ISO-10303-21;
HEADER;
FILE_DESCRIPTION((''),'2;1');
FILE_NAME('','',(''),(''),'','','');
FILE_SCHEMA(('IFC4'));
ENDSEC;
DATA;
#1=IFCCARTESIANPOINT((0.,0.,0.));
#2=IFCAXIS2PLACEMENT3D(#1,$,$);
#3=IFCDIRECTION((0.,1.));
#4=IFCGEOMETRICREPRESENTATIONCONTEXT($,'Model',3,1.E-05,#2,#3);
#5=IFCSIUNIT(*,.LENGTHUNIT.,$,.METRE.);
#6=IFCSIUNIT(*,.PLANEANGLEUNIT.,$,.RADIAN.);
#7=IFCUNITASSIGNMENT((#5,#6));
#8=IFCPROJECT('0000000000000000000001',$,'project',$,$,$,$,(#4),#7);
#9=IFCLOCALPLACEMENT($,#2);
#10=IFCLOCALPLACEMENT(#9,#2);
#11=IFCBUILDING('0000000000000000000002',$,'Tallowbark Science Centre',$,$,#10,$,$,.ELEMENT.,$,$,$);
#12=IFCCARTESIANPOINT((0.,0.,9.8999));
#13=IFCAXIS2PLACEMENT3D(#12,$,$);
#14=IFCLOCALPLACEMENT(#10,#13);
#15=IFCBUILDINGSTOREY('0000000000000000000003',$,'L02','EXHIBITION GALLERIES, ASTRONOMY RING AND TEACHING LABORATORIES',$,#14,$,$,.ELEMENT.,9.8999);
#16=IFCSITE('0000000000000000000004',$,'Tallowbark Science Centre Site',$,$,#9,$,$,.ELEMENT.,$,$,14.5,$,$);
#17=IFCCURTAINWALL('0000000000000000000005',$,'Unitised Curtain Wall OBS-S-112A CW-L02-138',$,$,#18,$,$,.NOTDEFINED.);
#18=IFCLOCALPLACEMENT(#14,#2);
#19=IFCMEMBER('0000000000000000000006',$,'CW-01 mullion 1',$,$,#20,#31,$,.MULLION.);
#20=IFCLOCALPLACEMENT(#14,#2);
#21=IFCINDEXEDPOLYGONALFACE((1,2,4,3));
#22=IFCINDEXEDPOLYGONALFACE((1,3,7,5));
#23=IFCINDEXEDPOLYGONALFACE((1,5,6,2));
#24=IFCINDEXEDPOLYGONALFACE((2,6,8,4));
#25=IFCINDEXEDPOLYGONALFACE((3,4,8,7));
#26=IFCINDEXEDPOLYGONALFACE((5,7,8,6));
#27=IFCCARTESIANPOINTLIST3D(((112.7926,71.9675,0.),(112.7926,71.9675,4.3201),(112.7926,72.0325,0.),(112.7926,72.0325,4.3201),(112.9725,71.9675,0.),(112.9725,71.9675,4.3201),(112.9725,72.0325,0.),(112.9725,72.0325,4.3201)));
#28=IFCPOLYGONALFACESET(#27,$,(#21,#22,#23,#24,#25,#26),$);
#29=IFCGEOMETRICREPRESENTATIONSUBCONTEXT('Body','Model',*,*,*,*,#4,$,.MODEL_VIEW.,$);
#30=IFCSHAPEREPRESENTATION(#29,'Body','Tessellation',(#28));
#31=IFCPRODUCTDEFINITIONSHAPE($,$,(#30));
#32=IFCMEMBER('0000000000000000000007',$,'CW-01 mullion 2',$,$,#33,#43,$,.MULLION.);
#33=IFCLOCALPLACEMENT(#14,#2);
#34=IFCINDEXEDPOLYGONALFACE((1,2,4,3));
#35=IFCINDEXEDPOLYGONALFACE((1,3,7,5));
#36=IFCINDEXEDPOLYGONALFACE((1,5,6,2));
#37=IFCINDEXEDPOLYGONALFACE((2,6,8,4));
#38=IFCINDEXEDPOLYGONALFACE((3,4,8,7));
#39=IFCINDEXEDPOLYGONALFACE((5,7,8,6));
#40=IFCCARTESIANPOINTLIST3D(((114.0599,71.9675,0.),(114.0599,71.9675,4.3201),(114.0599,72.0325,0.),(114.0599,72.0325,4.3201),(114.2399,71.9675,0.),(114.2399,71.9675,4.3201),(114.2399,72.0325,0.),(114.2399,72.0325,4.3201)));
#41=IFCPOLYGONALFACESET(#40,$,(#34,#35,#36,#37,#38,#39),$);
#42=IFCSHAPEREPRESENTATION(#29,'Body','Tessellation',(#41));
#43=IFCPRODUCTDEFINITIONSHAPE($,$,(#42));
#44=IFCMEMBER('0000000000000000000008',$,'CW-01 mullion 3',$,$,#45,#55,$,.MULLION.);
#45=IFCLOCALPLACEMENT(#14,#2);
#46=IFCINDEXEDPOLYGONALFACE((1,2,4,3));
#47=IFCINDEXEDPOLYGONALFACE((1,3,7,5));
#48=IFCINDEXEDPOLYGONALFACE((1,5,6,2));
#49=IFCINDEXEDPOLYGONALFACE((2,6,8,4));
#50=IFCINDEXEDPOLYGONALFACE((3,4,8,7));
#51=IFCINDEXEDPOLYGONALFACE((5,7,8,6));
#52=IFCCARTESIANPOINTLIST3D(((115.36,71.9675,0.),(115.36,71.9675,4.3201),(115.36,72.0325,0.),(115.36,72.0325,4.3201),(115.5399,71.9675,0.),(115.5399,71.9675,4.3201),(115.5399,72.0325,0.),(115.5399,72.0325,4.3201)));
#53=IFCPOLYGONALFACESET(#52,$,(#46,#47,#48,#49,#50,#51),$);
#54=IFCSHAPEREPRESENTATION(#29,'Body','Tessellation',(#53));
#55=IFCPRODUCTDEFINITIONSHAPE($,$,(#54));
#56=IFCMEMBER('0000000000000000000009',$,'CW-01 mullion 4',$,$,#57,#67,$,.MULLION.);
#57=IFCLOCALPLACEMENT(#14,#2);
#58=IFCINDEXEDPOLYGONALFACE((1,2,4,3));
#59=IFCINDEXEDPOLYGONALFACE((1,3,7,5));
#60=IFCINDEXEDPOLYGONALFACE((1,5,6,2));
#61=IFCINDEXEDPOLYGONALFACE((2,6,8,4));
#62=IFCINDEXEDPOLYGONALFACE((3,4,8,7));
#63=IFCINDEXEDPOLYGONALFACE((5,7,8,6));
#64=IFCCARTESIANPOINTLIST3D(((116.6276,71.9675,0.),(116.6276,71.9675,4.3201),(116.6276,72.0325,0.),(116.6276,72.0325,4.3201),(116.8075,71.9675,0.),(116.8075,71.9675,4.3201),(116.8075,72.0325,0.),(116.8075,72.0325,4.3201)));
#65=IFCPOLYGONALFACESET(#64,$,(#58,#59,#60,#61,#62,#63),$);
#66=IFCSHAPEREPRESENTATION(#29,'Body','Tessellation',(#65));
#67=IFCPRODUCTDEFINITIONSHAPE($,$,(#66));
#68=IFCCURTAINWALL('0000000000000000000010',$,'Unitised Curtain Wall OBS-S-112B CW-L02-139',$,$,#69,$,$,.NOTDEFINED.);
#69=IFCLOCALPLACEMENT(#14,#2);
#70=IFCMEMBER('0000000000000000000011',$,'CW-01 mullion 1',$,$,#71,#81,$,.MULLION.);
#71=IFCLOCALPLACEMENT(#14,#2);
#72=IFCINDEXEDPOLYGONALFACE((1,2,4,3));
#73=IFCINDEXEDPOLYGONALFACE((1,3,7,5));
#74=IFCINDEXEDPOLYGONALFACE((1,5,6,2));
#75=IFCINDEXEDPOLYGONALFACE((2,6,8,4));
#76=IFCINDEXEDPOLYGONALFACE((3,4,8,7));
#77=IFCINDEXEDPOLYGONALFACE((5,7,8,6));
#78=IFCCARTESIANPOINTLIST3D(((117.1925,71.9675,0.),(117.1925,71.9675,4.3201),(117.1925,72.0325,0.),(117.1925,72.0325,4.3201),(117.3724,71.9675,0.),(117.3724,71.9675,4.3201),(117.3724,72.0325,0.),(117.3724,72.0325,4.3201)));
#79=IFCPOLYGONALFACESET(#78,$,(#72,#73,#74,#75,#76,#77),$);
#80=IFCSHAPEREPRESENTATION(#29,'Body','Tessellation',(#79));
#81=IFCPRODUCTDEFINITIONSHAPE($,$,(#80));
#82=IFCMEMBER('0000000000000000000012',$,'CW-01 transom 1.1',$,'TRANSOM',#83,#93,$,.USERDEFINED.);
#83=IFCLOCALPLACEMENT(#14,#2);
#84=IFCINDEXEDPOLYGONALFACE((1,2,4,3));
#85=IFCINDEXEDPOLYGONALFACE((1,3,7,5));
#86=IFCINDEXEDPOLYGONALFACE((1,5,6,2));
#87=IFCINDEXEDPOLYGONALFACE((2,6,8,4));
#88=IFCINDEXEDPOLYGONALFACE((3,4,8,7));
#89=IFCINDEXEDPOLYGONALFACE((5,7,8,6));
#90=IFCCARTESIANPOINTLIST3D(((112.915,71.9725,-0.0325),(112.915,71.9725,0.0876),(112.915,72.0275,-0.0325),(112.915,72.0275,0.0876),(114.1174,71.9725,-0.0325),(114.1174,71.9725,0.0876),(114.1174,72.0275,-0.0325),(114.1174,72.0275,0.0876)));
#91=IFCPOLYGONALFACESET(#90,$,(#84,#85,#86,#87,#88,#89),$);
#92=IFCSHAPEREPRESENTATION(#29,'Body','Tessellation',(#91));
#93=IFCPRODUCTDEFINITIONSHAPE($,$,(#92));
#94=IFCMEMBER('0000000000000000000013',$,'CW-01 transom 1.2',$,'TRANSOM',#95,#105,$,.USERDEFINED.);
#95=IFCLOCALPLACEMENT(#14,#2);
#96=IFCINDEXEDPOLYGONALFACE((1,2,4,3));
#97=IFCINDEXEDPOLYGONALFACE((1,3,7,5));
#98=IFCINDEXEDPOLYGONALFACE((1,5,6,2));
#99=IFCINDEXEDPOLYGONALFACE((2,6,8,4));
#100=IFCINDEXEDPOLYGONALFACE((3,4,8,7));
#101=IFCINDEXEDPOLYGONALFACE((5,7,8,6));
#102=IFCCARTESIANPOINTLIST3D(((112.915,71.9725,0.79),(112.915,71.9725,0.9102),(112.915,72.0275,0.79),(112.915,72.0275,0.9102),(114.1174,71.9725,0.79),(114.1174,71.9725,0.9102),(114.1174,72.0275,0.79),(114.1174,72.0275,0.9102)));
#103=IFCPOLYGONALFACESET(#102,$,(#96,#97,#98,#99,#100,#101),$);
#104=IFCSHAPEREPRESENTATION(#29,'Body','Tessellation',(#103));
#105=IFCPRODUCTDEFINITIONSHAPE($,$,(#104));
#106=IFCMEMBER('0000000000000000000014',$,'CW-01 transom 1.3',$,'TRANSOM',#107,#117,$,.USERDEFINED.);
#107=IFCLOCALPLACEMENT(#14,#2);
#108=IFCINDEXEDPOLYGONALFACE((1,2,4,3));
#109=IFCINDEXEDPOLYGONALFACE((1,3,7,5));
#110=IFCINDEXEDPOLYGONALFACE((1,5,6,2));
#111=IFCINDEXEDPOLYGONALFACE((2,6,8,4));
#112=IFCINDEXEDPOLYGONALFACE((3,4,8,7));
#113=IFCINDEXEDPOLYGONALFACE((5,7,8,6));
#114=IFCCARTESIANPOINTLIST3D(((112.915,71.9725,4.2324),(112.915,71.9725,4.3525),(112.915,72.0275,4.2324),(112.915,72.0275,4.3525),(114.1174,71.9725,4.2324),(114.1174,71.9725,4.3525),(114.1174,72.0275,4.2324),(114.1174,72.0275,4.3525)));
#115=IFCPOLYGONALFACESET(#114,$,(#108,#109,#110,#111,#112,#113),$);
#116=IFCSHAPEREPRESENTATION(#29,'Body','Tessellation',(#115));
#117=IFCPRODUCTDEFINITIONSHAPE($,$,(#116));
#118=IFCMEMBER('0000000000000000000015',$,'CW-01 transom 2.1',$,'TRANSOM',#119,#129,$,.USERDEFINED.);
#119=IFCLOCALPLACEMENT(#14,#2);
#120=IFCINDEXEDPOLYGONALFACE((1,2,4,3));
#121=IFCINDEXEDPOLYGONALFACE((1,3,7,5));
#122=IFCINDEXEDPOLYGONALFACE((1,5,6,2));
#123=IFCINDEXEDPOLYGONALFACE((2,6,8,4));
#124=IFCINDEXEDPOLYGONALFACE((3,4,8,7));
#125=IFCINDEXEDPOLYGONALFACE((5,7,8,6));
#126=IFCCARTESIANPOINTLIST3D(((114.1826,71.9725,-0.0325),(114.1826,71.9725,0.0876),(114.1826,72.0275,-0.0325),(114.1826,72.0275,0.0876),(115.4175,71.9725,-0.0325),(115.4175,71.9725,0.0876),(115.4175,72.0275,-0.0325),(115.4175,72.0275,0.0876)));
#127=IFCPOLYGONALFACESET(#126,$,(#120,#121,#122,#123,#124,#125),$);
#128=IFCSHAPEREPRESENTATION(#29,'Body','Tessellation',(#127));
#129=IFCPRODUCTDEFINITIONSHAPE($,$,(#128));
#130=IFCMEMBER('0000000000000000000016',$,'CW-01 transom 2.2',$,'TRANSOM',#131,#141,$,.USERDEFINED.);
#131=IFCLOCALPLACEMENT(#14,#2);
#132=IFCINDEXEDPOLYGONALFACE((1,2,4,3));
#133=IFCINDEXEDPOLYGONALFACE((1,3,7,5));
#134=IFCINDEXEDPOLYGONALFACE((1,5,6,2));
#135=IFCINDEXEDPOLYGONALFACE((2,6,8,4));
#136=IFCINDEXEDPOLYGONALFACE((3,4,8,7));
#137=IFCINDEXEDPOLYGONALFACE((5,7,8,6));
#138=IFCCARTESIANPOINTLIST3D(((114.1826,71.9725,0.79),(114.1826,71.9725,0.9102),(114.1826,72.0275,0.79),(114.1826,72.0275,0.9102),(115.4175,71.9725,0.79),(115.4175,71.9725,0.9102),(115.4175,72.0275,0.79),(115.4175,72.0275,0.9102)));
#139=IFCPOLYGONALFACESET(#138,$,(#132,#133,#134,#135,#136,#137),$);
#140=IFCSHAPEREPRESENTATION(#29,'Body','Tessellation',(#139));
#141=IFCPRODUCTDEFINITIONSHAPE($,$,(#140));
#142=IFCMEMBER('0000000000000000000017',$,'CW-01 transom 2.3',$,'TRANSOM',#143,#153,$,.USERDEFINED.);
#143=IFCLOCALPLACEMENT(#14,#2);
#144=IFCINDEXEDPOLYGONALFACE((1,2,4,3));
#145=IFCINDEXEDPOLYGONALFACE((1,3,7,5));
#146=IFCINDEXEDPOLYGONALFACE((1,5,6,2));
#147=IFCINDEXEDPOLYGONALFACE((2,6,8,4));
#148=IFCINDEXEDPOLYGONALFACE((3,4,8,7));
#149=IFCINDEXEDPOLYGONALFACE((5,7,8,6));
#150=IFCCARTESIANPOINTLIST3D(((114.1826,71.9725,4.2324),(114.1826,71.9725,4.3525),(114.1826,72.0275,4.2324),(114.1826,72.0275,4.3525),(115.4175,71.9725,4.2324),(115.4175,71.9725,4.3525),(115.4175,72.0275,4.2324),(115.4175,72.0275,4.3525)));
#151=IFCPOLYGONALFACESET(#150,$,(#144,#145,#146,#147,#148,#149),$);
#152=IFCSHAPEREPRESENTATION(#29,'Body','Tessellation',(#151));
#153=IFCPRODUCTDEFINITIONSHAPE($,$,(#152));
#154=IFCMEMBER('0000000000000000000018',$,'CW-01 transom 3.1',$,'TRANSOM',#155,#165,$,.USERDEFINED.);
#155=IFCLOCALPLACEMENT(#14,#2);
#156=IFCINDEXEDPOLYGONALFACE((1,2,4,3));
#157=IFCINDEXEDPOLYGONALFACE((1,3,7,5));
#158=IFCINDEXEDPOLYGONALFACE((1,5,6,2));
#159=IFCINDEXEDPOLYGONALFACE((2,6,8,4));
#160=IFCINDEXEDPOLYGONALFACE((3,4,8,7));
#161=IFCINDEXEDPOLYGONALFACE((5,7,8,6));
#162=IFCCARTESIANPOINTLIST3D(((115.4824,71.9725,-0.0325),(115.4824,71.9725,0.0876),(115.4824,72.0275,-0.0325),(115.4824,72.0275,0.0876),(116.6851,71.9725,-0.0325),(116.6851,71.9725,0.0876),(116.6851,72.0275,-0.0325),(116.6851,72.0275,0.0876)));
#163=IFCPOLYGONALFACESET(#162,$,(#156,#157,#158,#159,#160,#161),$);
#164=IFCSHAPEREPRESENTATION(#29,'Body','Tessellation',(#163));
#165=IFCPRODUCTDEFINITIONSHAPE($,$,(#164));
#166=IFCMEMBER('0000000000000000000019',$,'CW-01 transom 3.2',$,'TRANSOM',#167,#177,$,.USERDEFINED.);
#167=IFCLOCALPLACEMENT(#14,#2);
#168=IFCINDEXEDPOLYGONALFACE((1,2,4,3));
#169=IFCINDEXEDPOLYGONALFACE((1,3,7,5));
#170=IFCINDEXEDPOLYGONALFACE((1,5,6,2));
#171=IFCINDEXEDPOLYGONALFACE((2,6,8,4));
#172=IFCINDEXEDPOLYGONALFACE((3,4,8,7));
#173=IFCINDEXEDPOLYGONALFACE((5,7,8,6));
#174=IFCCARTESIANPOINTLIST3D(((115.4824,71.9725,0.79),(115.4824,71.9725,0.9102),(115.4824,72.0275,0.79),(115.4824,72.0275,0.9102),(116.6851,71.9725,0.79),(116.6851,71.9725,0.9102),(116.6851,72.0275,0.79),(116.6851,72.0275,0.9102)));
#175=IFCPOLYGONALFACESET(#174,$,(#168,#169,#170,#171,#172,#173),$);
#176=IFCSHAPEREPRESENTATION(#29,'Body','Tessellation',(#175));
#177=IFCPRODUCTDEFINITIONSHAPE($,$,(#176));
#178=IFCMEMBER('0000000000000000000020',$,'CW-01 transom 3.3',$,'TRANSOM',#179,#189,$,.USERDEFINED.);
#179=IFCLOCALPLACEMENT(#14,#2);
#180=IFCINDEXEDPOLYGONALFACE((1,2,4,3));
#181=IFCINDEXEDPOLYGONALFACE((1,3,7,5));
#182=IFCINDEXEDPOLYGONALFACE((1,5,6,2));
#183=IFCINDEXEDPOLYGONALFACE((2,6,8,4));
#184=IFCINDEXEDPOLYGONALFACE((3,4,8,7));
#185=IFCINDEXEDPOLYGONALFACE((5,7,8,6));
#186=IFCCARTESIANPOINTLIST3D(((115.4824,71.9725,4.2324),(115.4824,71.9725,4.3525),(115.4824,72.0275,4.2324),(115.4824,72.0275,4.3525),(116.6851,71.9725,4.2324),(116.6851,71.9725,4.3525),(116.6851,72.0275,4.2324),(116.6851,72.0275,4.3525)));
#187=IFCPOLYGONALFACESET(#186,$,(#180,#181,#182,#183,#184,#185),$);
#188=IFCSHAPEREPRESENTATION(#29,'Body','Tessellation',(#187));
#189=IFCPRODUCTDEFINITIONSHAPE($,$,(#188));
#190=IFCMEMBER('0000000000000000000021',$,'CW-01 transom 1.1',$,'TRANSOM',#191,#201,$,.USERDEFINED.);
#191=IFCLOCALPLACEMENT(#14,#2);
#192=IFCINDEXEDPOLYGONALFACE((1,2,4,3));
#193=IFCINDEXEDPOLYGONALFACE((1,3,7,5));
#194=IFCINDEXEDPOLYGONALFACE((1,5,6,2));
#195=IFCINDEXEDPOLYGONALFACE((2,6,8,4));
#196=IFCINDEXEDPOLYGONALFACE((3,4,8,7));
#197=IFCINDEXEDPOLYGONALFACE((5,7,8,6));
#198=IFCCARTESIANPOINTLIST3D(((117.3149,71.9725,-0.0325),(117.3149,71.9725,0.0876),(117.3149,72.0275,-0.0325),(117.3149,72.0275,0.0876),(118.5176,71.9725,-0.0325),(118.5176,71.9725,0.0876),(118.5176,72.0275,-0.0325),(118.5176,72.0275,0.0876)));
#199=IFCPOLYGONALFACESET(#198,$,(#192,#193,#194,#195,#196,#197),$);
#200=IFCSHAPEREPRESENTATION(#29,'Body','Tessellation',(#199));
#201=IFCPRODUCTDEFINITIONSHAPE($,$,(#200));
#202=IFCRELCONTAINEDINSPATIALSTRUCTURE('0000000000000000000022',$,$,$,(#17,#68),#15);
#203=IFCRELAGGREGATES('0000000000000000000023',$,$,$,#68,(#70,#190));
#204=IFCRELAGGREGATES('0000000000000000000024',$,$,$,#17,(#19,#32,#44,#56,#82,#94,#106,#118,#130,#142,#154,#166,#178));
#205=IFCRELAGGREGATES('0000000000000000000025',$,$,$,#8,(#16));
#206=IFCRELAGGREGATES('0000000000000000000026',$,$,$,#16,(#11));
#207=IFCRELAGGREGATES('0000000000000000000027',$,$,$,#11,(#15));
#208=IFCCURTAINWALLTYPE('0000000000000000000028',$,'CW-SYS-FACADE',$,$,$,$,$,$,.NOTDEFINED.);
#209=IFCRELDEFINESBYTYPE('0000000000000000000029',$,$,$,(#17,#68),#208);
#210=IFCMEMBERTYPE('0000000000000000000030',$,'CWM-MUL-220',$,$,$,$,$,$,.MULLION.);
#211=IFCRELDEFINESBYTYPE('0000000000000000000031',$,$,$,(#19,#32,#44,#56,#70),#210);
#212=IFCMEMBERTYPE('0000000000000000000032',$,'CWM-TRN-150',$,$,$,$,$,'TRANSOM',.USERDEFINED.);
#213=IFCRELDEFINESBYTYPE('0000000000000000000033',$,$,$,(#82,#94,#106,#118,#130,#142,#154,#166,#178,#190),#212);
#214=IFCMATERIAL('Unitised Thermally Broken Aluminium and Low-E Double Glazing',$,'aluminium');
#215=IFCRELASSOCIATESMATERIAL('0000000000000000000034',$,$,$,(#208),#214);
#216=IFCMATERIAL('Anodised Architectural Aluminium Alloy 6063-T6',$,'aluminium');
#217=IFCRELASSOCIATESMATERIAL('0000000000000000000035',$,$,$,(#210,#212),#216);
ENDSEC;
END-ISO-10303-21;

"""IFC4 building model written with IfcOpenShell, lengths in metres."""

from ifc_helpers import new_model, si_unit, direction, frame, origin, origin_2d, place, context, subcontext, project, spatial, rectangle, extrude, material, material_profile, profile_set, type_object, element, aggregate, save


model = new_model("IFC4")

# Units and contexts
model_context = context("Model", 3, precision=1e-05, world=origin(), true_north=direction((0.0, 1.0)))
body_context = subcontext(model_context, "Body", "Model", "MODEL_VIEW")
ifc_project = project(units=[si_unit("LENGTHUNIT", "METRE"), si_unit("PLANEANGLEUNIT", "RADIAN")], contexts=[model_context])

# Site, building, storey
site_placement = place(None, origin())
site = spatial("IfcSite", under=ifc_project, at=site_placement, Name="Tallowbark Science Centre Site", CompositionType="ELEMENT", RefElevation=14.5)
building_placement = place(site_placement, origin())
building = spatial("IfcBuilding", under=site, at=building_placement, Name="Tallowbark Science Centre", CompositionType="ELEMENT")
storey_placement = place(building_placement, frame((0.0, 0.0, 9.8999)))
storey = spatial("IfcBuildingStorey", under=building, at=storey_placement, Name="L02", Description="EXHIBITION GALLERIES, ASTRONOMY RING AND TEACHING LABORATORIES", CompositionType="ELEMENT", Elevation=9.8999)

# Curtain wall, members
ifc_material_1 = material(Name="Unitised Thermally Broken Aluminium and Low-E Double Glazing", Category="aluminium")
curtain_wall_type = type_object("IfcCurtainWallType", Name="CW-SYS-FACADE", PredefinedType="NOTDEFINED", material=ifc_material_1)
curtain_wall_1_placement = place(storey_placement, origin())
curtain_wall_1 = element("IfcCurtainWall", 1, at=curtain_wall_1_placement, inside=storey, type_object=curtain_wall_type, Name="Unitised Curtain Wall OBS-S-112A CW-L02-138", PredefinedType="NOTDEFINED")
ifc_material_2 = material(Name="Anodised Architectural Aluminium Alloy 6063-T6", Category="aluminium")
ifc_material_profile_1 = material_profile(ifc_material_2, rectangle(XDim=0.0649, YDim=0.1799, at=origin_2d()), Name="ALU65x180")
ifc_profile_set_1 = profile_set([ifc_material_profile_1], Name="Anodised Architectural Aluminium Alloy 6063-T6")
member_type_1 = type_object("IfcMemberType", Name="CWM-MUL-220", PredefinedType="MULLION", material=ifc_profile_set_1)
member_1_placement = place(storey_placement, frame((112.8826, 72.0, 0.0), z_axis=(0.0, 0.0, 1.0), x_axis=(0.0, 1.0, 0.0)))
member_1 = element("IfcMember", 2, at=member_1_placement, type_object=member_type_1, Name="CW-01 mullion 1", PredefinedType="MULLION", context=body_context, shape_type="SweptSolid", body=[
    extrude(rectangle(XDim=0.0649, YDim=0.1799, at=origin_2d()), origin(), (0.0, 0.0, 1.0), 4.3201),
])
member_2_placement = place(storey_placement, frame((114.1499, 72.0, 0.0), z_axis=(0.0, 0.0, 1.0), x_axis=(0.0, 1.0, 0.0)))
member_2 = element("IfcMember", 3, at=member_2_placement, type_object=member_type_1, Name="CW-01 mullion 2", PredefinedType="MULLION", context=body_context, shape_type="SweptSolid", body=[
    extrude(rectangle(XDim=0.0649, YDim=0.1799, at=origin_2d()), origin(), (0.0, 0.0, 1.0), 4.3201),
])
member_3_placement = place(storey_placement, frame((115.45, 72.0, 0.0), z_axis=(0.0, 0.0, 1.0), x_axis=(0.0, 1.0, 0.0)))
member_3 = element("IfcMember", 4, at=member_3_placement, type_object=member_type_1, Name="CW-01 mullion 3", PredefinedType="MULLION", context=body_context, shape_type="SweptSolid", body=[
    extrude(rectangle(XDim=0.0649, YDim=0.1799, at=origin_2d()), origin(), (0.0, 0.0, 1.0), 4.3201),
])
member_4_placement = place(storey_placement, frame((116.7175, 72.0, 0.0), z_axis=(0.0, 0.0, 1.0), x_axis=(0.0, 1.0, 0.0)))
member_4 = element("IfcMember", 5, at=member_4_placement, type_object=member_type_1, Name="CW-01 mullion 4", PredefinedType="MULLION", context=body_context, shape_type="SweptSolid", body=[
    extrude(rectangle(XDim=0.0649, YDim=0.1799, at=origin_2d()), origin(), (0.0, 0.0, 1.0), 4.3201),
])

# Curtain wall, member
curtain_wall_2_placement = place(storey_placement, origin())
curtain_wall_2 = element("IfcCurtainWall", 6, at=curtain_wall_2_placement, inside=storey, type_object=curtain_wall_type, Name="Unitised Curtain Wall OBS-S-112B CW-L02-139", PredefinedType="NOTDEFINED")
member_5_placement = place(storey_placement, frame((117.2825, 72.0, 0.0), z_axis=(0.0, 0.0, 1.0), x_axis=(0.0, 1.0, 0.0)))
member_5 = element("IfcMember", 7, at=member_5_placement, type_object=member_type_1, Name="CW-01 mullion 1", PredefinedType="MULLION", context=body_context, shape_type="SweptSolid", body=[
    extrude(rectangle(XDim=0.0649, YDim=0.1799, at=origin_2d()), origin(), (0.0, 0.0, 1.0), 4.3201),
])

# Members
ifc_material_profile_2 = material_profile(ifc_material_2, rectangle(XDim=0.0549, YDim=0.1201, at=origin_2d()), Name="ALU55x120")
ifc_profile_set_2 = profile_set([ifc_material_profile_2], Name="Anodised Architectural Aluminium Alloy 6063-T6")
member_type_2 = type_object("IfcMemberType", Name="CWM-TRN-150", ElementType="TRANSOM", PredefinedType="USERDEFINED", material=ifc_profile_set_2)
member_6_placement = place(storey_placement, frame((112.915, 72.0, 0.0276), z_axis=(1.0, 0.0, 0.0), x_axis=(0.0, 1.0, 0.0)))
member_6 = element("IfcMember", 8, at=member_6_placement, type_object=member_type_2, Name="CW-01 transom 1.1", ObjectType="TRANSOM", PredefinedType="USERDEFINED", context=body_context, shape_type="SweptSolid", body=[
    extrude(rectangle(XDim=0.0549, YDim=0.1201, at=origin_2d()), origin(), (0.0, 0.0, 1.0), 1.2024),
])
member_7_placement = place(storey_placement, frame((112.915, 72.0, 0.8501), z_axis=(1.0, 0.0, 0.0), x_axis=(0.0, 1.0, 0.0)))
member_7 = element("IfcMember", 9, at=member_7_placement, type_object=member_type_2, Name="CW-01 transom 1.2", ObjectType="TRANSOM", PredefinedType="USERDEFINED", context=body_context, shape_type="SweptSolid", body=[
    extrude(rectangle(XDim=0.0549, YDim=0.1201, at=origin_2d()), origin(), (0.0, 0.0, 1.0), 1.2024),
])
member_8_placement = place(storey_placement, frame((112.915, 72.0, 4.2925), z_axis=(1.0, 0.0, 0.0), x_axis=(0.0, 1.0, 0.0)))
member_8 = element("IfcMember", 10, at=member_8_placement, type_object=member_type_2, Name="CW-01 transom 1.3", ObjectType="TRANSOM", PredefinedType="USERDEFINED", context=body_context, shape_type="SweptSolid", body=[
    extrude(rectangle(XDim=0.0549, YDim=0.1201, at=origin_2d()), origin(), (0.0, 0.0, 1.0), 1.2024),
])
member_9_placement = place(storey_placement, frame((114.1826, 72.0, 0.0276), z_axis=(1.0, 0.0, 0.0), x_axis=(0.0, 1.0, 0.0)))
member_9 = element("IfcMember", 11, at=member_9_placement, type_object=member_type_2, Name="CW-01 transom 2.1", ObjectType="TRANSOM", PredefinedType="USERDEFINED", context=body_context, shape_type="SweptSolid", body=[
    extrude(rectangle(XDim=0.0549, YDim=0.1201, at=origin_2d()), origin(), (0.0, 0.0, 1.0), 1.2349),
])
member_10_placement = place(storey_placement, frame((114.1826, 72.0, 0.8501), z_axis=(1.0, 0.0, 0.0), x_axis=(0.0, 1.0, 0.0)))
member_10 = element("IfcMember", 12, at=member_10_placement, type_object=member_type_2, Name="CW-01 transom 2.2", ObjectType="TRANSOM", PredefinedType="USERDEFINED", context=body_context, shape_type="SweptSolid", body=[
    extrude(rectangle(XDim=0.0549, YDim=0.1201, at=origin_2d()), origin(), (0.0, 0.0, 1.0), 1.2349),
])
member_11_placement = place(storey_placement, frame((114.1826, 72.0, 4.2925), z_axis=(1.0, 0.0, 0.0), x_axis=(0.0, 1.0, 0.0)))
member_11 = element("IfcMember", 13, at=member_11_placement, type_object=member_type_2, Name="CW-01 transom 2.3", ObjectType="TRANSOM", PredefinedType="USERDEFINED", context=body_context, shape_type="SweptSolid", body=[
    extrude(rectangle(XDim=0.0549, YDim=0.1201, at=origin_2d()), origin(), (0.0, 0.0, 1.0), 1.2349),
])
member_12_placement = place(storey_placement, frame((115.4824, 72.0, 0.0276), z_axis=(1.0, 0.0, 0.0), x_axis=(0.0, 1.0, 0.0)))
member_12 = element("IfcMember", 14, at=member_12_placement, type_object=member_type_2, Name="CW-01 transom 3.1", ObjectType="TRANSOM", PredefinedType="USERDEFINED", context=body_context, shape_type="SweptSolid", body=[
    extrude(rectangle(XDim=0.0549, YDim=0.1201, at=origin_2d()), origin(), (0.0, 0.0, 1.0), 1.2026),
])
member_13_placement = place(storey_placement, frame((115.4824, 72.0, 0.8501), z_axis=(1.0, 0.0, 0.0), x_axis=(0.0, 1.0, 0.0)))
member_13 = element("IfcMember", 15, at=member_13_placement, type_object=member_type_2, Name="CW-01 transom 3.2", ObjectType="TRANSOM", PredefinedType="USERDEFINED", context=body_context, shape_type="SweptSolid", body=[
    extrude(rectangle(XDim=0.0549, YDim=0.1201, at=origin_2d()), origin(), (0.0, 0.0, 1.0), 1.2026),
])
member_14_placement = place(storey_placement, frame((115.4824, 72.0, 4.2925), z_axis=(1.0, 0.0, 0.0), x_axis=(0.0, 1.0, 0.0)))
member_14 = element("IfcMember", 16, at=member_14_placement, type_object=member_type_2, Name="CW-01 transom 3.3", ObjectType="TRANSOM", PredefinedType="USERDEFINED", context=body_context, shape_type="SweptSolid", body=[
    extrude(rectangle(XDim=0.0549, YDim=0.1201, at=origin_2d()), origin(), (0.0, 0.0, 1.0), 1.2026),
])
member_15_placement = place(storey_placement, frame((117.3149, 72.0, 0.0276), z_axis=(1.0, 0.0, 0.0), x_axis=(0.0, 1.0, 0.0)))
member_15 = element("IfcMember", 17, at=member_15_placement, type_object=member_type_2, Name="CW-01 transom 1.1", ObjectType="TRANSOM", PredefinedType="USERDEFINED", context=body_context, shape_type="SweptSolid", body=[
    extrude(rectangle(XDim=0.0549, YDim=0.1201, at=origin_2d()), origin(), (0.0, 0.0, 1.0), 1.2026),
])
aggregate(curtain_wall_2, [member_5, member_15])

aggregate(curtain_wall_1, [member_1, member_2, member_3, member_4, member_6, member_7, member_8, member_9, member_10, member_11, member_12, member_13, member_14])

save(model, "model.ifc")
